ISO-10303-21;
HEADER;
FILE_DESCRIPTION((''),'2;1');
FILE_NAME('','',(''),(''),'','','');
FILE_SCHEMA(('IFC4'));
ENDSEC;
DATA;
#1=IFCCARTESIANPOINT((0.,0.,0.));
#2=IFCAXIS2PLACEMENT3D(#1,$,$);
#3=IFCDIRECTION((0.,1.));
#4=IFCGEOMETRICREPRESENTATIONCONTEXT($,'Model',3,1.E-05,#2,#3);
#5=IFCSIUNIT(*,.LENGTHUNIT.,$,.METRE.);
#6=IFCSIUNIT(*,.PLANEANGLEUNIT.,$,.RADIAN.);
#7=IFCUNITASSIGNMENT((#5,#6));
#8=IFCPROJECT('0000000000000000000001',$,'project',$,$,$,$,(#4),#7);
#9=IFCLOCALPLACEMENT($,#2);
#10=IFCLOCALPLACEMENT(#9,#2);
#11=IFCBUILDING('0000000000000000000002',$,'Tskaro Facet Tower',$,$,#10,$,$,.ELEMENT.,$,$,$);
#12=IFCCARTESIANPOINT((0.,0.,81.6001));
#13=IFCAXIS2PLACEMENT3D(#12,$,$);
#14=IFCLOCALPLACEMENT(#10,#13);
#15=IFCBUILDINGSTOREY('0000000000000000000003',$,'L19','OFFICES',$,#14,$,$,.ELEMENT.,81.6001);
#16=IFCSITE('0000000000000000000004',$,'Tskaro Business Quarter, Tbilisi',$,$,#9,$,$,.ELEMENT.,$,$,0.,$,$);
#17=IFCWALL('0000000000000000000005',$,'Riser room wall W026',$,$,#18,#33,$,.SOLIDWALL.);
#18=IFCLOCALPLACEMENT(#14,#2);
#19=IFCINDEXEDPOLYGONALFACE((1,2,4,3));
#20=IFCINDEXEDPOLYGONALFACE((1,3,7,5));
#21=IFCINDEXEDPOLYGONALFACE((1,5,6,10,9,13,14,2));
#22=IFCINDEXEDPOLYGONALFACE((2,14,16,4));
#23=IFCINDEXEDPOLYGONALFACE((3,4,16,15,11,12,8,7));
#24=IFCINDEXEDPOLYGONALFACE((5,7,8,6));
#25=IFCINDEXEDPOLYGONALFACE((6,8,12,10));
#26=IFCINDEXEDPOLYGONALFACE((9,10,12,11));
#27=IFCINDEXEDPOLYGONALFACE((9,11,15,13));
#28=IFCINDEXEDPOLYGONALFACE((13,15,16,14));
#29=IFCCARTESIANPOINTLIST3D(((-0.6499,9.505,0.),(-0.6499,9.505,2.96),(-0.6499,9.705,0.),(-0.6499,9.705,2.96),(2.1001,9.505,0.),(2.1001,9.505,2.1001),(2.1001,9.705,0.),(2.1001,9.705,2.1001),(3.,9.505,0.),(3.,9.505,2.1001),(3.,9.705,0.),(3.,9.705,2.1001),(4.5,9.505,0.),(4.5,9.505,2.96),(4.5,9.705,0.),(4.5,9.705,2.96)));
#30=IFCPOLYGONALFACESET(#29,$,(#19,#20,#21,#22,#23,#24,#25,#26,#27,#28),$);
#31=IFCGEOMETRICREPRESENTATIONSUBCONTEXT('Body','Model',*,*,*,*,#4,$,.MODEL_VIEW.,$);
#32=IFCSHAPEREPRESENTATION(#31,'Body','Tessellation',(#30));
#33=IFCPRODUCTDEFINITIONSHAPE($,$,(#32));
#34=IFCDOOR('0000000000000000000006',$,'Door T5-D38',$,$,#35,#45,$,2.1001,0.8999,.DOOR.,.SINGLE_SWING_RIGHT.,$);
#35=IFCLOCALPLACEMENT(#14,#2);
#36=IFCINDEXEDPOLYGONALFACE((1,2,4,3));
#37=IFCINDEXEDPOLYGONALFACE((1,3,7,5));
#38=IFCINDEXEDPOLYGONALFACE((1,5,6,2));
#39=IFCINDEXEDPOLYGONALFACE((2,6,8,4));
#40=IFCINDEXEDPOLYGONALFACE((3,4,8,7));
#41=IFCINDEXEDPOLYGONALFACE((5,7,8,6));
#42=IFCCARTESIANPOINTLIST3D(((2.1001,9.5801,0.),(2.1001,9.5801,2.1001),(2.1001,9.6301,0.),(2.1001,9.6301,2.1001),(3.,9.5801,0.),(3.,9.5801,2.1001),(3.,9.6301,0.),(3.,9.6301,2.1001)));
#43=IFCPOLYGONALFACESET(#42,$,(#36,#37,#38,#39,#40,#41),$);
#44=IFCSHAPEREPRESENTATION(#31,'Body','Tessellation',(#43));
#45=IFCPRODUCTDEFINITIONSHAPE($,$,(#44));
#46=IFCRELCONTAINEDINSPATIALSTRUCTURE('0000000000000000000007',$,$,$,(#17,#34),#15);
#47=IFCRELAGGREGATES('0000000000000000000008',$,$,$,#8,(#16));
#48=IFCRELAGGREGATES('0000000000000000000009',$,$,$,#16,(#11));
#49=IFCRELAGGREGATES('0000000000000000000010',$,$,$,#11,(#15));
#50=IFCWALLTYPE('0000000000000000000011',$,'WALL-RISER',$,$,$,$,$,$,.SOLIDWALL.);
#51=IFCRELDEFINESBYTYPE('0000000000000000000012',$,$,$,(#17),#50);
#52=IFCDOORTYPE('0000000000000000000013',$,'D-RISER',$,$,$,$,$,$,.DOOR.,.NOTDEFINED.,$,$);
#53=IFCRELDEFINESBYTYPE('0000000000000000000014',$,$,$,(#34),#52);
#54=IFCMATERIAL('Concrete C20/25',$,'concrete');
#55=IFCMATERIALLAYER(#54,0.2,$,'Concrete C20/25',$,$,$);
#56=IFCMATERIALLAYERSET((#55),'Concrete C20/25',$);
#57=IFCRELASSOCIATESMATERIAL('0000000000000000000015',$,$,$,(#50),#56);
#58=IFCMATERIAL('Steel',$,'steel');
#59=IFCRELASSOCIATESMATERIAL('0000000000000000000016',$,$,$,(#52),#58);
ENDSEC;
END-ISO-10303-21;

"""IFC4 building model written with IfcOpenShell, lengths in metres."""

from ifc_helpers import new_model, si_unit, direction, frame, frame_2d, origin, place, context, subcontext, project, spatial, rectangle, extrude, material, layer, layer_set, type_object, element, fill, save


model = new_model("IFC4")

# Units and contexts
model_context = context("Model", 3, precision=1e-05, world=origin(), true_north=direction((0.0, 1.0)))
body_context = subcontext(model_context, "Body", "Model", "MODEL_VIEW")
ifc_project = project(units=[si_unit("LENGTHUNIT", "METRE"), si_unit("PLANEANGLEUNIT", "RADIAN")], contexts=[model_context])

# Site, building, storey
site_placement = place(None, origin())
site = spatial("IfcSite", under=ifc_project, at=site_placement, Name="Tskaro Business Quarter, Tbilisi", CompositionType="ELEMENT", RefElevation=0.0)
building_placement = place(site_placement, origin())
building = spatial("IfcBuilding", under=site, at=building_placement, Name="Tskaro Facet Tower", CompositionType="ELEMENT")
storey_placement = place(building_placement, frame((0.0, 0.0, 81.6001)))
storey = spatial("IfcBuildingStorey", under=building, at=storey_placement, Name="L19", Description="OFFICES", CompositionType="ELEMENT", Elevation=81.6001)

# Wall, opening, door
ifc_material_1 = material(Name="Concrete C20/25", Category="concrete")
ifc_layer_1 = layer(ifc_material_1, 0.2, Name="Concrete C20/25")
ifc_layer_set_1 = layer_set([ifc_layer_1], Name="Concrete C20/25")
wall_type_1 = type_object("IfcWallType", Name="WALL-RISER", PredefinedType="SOLIDWALL", material=ifc_layer_set_1)
wall_1_placement = place(storey_placement, frame((4.5, 9.605, 0.0), z_axis=(0.0, 0.0, 1.0), x_axis=(-1.0, 0.0, 0.0)))
wall_1 = element("IfcWall", 1, at=wall_1_placement, inside=storey, type_object=wall_type_1, Name="Riser room wall W026", PredefinedType="SOLIDWALL", context=body_context, shape_type="SweptSolid", body=[
    extrude(rectangle(XDim=5.1499, YDim=0.2, at=frame_2d((2.575, 0.0))), origin(), (0.0, 0.0, 1.0), 2.96),
])
opening_1_placement = place(wall_1_placement, frame((1.5, 0.0, 0.0)))
opening_1 = element("IfcOpeningElement", 2, at=opening_1_placement, cuts=wall_1, PredefinedType="OPENING", context=body_context, shape_type="SweptSolid", body=[
    extrude(rectangle(XDim=0.8999, YDim=2.1001, at=frame_2d((0.45, 1.05))), frame((0.0, 0.1099, 0.0), z_axis=(0.0, -1.0, 0.0), x_axis=(1.0, 0.0, 0.0)), (0.0, 0.0, 1.0), 0.22),
])
ifc_material_2 = material(Name="Steel", Category="steel")
door_type_1 = type_object("IfcDoorType", Name="D-RISER", OperationType="NOTDEFINED", PredefinedType="DOOR", material=ifc_material_2)
door_1_placement = place(opening_1_placement, origin())
door_1 = element("IfcDoor", 3, at=door_1_placement, inside=storey, type_object=door_type_1, Name="Door T5-D38", OperationType="SINGLE_SWING_RIGHT", OverallHeight=2.1001, OverallWidth=0.8999, PredefinedType="DOOR", context=body_context, shape_type="SweptSolid", body=[
    extrude(rectangle(XDim=0.8999, YDim=2.1001, at=frame_2d((0.45, 1.05))), frame((0.0, 0.0249, 0.0), z_axis=(0.0, -1.0, 0.0), x_axis=(1.0, 0.0, 0.0)), (0.0, 0.0, 1.0), 0.05),
])
fill(opening_1, door_1)

save(model, "model.ifc")
